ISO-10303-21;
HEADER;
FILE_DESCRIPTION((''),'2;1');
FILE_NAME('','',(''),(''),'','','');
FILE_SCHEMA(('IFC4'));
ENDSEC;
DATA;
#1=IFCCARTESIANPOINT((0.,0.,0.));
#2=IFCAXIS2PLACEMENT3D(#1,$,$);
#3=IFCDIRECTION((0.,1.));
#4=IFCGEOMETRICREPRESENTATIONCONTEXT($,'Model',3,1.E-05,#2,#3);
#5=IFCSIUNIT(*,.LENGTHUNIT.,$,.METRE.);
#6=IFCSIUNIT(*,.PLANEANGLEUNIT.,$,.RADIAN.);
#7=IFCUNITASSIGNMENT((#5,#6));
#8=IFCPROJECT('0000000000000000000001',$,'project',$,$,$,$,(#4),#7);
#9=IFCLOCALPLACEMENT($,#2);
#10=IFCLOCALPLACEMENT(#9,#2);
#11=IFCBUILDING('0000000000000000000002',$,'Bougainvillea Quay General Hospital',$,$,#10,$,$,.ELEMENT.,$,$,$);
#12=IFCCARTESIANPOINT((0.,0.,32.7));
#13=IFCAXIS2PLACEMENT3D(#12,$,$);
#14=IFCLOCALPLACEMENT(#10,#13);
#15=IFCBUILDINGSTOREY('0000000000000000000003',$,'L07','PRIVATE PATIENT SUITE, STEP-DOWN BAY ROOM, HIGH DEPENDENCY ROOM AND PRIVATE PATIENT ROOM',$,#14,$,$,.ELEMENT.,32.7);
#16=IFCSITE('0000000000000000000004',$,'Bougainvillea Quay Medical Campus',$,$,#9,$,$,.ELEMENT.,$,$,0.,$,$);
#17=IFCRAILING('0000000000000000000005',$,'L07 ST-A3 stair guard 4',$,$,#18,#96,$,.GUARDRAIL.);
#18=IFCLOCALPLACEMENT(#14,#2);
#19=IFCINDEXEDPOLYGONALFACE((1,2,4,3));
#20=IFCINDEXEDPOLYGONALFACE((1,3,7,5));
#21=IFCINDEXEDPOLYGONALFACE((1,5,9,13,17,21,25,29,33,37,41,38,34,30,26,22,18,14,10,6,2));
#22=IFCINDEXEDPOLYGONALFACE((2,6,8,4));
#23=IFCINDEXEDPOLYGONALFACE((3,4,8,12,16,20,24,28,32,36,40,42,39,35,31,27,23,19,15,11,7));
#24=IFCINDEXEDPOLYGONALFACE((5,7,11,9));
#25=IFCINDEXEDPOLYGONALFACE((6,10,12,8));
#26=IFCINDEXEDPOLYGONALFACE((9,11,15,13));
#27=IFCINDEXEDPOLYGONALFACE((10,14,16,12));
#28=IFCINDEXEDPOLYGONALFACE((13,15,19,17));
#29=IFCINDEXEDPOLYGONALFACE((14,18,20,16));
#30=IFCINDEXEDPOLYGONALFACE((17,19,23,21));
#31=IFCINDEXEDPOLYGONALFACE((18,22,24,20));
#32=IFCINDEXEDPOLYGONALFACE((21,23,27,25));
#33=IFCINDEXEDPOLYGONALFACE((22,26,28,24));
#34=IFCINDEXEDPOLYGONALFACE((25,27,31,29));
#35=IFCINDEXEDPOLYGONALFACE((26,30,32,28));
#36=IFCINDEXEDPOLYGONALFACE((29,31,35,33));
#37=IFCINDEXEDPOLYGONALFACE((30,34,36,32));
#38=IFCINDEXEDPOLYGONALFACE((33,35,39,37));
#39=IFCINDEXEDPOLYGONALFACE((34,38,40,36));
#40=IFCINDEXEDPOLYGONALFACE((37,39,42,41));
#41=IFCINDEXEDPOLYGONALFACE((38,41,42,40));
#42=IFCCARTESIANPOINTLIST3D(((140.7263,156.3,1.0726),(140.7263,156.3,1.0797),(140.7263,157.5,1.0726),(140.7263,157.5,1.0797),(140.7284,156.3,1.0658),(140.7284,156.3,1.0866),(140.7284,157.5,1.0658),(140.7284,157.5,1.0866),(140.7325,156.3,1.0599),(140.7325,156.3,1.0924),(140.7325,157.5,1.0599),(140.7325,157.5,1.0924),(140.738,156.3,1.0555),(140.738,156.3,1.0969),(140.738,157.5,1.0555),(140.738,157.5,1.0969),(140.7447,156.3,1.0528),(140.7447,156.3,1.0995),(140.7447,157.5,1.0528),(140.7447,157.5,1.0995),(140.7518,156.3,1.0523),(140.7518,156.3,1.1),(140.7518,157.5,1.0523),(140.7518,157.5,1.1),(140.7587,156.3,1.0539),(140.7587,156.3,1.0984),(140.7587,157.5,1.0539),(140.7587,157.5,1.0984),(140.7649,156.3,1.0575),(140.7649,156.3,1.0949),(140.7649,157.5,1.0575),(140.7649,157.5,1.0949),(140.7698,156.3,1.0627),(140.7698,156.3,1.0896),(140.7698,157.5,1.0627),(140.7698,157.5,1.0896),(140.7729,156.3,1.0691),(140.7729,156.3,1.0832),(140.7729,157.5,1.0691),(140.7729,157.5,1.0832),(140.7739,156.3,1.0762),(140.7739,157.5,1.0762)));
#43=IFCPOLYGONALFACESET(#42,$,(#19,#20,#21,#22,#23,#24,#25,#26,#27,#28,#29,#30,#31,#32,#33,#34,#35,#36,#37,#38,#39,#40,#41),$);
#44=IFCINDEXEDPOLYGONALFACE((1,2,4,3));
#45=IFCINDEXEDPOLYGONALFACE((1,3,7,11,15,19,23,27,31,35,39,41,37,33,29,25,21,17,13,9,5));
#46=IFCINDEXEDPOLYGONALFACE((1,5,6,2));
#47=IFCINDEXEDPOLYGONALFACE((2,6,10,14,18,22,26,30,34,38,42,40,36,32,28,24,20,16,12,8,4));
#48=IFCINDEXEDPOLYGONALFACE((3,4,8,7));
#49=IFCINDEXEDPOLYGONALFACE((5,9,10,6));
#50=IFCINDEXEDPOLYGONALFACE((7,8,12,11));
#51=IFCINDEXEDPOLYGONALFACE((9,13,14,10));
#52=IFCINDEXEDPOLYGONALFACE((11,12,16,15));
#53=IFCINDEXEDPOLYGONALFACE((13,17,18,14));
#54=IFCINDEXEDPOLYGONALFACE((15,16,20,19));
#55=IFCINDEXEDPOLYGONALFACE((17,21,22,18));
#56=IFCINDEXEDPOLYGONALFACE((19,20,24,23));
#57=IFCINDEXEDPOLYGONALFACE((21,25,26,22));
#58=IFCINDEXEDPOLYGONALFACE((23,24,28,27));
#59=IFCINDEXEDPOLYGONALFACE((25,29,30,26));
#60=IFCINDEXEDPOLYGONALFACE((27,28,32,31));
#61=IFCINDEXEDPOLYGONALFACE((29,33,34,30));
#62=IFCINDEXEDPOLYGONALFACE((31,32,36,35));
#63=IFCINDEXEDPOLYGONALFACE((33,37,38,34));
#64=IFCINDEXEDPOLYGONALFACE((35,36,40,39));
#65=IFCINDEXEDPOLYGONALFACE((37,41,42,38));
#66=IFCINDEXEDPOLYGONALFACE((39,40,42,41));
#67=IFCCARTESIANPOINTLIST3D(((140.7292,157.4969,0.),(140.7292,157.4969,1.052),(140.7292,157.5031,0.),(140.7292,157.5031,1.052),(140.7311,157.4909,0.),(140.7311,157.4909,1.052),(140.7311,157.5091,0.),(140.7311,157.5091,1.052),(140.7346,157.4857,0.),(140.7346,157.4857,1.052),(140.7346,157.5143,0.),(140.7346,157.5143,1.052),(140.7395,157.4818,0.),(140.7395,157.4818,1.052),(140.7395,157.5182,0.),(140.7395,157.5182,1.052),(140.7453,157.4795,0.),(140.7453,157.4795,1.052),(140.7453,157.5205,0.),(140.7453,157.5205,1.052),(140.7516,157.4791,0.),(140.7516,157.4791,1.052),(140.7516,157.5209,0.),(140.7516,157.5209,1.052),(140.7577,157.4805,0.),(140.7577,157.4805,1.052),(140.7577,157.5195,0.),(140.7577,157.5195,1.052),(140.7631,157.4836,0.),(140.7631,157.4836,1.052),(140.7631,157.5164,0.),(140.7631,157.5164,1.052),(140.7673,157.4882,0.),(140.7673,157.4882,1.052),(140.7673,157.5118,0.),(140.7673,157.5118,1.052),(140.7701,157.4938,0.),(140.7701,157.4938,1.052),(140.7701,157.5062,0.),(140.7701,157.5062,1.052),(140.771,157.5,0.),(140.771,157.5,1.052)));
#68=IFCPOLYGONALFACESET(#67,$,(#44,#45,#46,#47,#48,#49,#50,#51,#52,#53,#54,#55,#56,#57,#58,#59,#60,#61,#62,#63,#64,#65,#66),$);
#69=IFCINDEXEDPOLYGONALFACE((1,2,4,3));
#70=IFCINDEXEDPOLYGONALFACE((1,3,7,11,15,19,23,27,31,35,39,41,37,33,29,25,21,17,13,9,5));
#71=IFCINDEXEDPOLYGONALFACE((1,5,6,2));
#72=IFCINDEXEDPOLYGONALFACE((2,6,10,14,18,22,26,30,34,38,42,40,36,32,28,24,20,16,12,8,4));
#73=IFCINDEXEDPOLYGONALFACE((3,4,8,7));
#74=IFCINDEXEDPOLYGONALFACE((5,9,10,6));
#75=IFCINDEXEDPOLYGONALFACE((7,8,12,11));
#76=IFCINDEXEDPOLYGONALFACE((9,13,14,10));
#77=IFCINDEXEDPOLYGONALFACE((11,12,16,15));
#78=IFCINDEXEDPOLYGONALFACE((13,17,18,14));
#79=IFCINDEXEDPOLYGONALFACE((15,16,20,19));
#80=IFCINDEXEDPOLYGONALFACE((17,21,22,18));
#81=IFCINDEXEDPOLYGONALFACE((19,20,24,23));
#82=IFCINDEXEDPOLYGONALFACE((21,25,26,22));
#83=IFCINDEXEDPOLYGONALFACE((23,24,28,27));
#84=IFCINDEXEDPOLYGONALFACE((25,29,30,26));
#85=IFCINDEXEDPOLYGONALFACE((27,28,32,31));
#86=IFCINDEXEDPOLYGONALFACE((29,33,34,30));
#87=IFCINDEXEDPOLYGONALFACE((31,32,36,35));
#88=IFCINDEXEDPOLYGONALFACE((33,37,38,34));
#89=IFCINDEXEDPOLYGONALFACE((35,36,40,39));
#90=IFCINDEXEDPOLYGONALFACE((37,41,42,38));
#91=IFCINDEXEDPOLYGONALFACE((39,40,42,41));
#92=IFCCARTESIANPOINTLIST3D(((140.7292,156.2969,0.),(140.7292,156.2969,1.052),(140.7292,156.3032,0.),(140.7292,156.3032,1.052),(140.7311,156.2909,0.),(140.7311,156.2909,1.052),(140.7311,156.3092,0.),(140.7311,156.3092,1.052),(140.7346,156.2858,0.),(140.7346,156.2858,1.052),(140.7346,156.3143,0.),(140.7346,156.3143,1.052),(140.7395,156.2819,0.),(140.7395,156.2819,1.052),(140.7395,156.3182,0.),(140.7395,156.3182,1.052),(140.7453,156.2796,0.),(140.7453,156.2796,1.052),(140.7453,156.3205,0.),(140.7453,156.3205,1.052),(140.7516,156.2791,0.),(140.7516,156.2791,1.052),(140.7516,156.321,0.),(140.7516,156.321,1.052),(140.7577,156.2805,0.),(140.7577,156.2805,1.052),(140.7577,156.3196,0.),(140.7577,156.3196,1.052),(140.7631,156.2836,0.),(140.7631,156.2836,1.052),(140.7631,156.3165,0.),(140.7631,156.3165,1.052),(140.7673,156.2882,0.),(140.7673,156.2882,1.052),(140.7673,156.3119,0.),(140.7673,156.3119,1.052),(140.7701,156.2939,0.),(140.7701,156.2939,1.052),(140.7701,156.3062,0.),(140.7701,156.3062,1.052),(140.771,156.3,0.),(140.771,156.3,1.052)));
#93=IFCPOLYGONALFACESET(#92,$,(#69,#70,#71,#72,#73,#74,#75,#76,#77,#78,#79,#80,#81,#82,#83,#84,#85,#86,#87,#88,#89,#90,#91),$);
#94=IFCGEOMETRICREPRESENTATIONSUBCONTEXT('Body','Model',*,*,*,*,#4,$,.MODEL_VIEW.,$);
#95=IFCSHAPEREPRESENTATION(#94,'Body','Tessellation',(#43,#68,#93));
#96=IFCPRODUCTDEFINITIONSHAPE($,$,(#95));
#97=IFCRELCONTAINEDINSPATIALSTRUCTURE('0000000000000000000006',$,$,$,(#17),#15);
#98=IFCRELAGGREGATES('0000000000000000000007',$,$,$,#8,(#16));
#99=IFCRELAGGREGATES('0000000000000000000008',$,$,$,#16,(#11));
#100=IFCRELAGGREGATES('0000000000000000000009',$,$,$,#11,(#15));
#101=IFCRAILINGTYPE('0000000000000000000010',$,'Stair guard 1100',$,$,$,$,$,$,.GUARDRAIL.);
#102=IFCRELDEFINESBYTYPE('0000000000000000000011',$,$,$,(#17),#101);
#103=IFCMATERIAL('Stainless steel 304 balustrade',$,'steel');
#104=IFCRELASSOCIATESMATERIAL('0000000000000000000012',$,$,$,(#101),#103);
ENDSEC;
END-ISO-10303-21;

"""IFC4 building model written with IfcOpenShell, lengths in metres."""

from ifc_helpers import new_model, si_unit, direction, frame, origin, origin_2d, place, context, subcontext, project, spatial, circle, extrude, material, type_object, element, save


model = new_model("IFC4")

# Units and contexts
model_context = context("Model", 3, precision=1e-05, world=origin(), true_north=direction((0.0, 1.0)))
body_context = subcontext(model_context, "Body", "Model", "MODEL_VIEW")
ifc_project = project(units=[si_unit("LENGTHUNIT", "METRE"), si_unit("PLANEANGLEUNIT", "RADIAN")], contexts=[model_context])

# Site, building, storey
site_placement = place(None, origin())
site = spatial("IfcSite", under=ifc_project, at=site_placement, Name="Bougainvillea Quay Medical Campus", CompositionType="ELEMENT", RefElevation=0.0)
building_placement = place(site_placement, origin())
building = spatial("IfcBuilding", under=site, at=building_placement, Name="Bougainvillea Quay General Hospital", CompositionType="ELEMENT")
storey_placement = place(building_placement, frame((0.0, 0.0, 32.7)))
storey = spatial("IfcBuildingStorey", under=building, at=storey_placement, Name="L07", Description="PRIVATE PATIENT SUITE, STEP-DOWN BAY ROOM, HIGH DEPENDENCY ROOM AND PRIVATE PATIENT ROOM", CompositionType="ELEMENT", Elevation=32.7)

# Railing
ifc_material_1 = material(Name="Stainless steel 304 balustrade", Category="steel")
railing_type_1 = type_object("IfcRailingType", Name="Stair guard 1100", PredefinedType="GUARDRAIL", material=ifc_material_1)
railing_1_placement = place(storey_placement, frame((140.75, 157.5, 0.0)))
element("IfcRailing", 1, at=railing_1_placement, inside=storey, type_object=railing_type_1, Name="L07 ST-A3 stair guard 4", PredefinedType="GUARDRAIL", context=body_context, shape_type="SweptSolid", body=[
    extrude(circle(Radius=0.0239, at=origin_2d()), frame((0.0, 0.0, 1.0762), z_axis=(0.0, -1.0, 0.0), x_axis=(1.0, 0.0, 0.0)), (0.0, 0.0, 1.0), 1.2),
    extrude(circle(Radius=0.021, at=origin_2d()), origin(), (0.0, 0.0, 1.0), 1.052),
    extrude(circle(Radius=0.021, at=origin_2d()), frame((0.0, -1.2, 0.0)), (0.0, 0.0, 1.0), 1.052),
])

save(model, "model.ifc")
